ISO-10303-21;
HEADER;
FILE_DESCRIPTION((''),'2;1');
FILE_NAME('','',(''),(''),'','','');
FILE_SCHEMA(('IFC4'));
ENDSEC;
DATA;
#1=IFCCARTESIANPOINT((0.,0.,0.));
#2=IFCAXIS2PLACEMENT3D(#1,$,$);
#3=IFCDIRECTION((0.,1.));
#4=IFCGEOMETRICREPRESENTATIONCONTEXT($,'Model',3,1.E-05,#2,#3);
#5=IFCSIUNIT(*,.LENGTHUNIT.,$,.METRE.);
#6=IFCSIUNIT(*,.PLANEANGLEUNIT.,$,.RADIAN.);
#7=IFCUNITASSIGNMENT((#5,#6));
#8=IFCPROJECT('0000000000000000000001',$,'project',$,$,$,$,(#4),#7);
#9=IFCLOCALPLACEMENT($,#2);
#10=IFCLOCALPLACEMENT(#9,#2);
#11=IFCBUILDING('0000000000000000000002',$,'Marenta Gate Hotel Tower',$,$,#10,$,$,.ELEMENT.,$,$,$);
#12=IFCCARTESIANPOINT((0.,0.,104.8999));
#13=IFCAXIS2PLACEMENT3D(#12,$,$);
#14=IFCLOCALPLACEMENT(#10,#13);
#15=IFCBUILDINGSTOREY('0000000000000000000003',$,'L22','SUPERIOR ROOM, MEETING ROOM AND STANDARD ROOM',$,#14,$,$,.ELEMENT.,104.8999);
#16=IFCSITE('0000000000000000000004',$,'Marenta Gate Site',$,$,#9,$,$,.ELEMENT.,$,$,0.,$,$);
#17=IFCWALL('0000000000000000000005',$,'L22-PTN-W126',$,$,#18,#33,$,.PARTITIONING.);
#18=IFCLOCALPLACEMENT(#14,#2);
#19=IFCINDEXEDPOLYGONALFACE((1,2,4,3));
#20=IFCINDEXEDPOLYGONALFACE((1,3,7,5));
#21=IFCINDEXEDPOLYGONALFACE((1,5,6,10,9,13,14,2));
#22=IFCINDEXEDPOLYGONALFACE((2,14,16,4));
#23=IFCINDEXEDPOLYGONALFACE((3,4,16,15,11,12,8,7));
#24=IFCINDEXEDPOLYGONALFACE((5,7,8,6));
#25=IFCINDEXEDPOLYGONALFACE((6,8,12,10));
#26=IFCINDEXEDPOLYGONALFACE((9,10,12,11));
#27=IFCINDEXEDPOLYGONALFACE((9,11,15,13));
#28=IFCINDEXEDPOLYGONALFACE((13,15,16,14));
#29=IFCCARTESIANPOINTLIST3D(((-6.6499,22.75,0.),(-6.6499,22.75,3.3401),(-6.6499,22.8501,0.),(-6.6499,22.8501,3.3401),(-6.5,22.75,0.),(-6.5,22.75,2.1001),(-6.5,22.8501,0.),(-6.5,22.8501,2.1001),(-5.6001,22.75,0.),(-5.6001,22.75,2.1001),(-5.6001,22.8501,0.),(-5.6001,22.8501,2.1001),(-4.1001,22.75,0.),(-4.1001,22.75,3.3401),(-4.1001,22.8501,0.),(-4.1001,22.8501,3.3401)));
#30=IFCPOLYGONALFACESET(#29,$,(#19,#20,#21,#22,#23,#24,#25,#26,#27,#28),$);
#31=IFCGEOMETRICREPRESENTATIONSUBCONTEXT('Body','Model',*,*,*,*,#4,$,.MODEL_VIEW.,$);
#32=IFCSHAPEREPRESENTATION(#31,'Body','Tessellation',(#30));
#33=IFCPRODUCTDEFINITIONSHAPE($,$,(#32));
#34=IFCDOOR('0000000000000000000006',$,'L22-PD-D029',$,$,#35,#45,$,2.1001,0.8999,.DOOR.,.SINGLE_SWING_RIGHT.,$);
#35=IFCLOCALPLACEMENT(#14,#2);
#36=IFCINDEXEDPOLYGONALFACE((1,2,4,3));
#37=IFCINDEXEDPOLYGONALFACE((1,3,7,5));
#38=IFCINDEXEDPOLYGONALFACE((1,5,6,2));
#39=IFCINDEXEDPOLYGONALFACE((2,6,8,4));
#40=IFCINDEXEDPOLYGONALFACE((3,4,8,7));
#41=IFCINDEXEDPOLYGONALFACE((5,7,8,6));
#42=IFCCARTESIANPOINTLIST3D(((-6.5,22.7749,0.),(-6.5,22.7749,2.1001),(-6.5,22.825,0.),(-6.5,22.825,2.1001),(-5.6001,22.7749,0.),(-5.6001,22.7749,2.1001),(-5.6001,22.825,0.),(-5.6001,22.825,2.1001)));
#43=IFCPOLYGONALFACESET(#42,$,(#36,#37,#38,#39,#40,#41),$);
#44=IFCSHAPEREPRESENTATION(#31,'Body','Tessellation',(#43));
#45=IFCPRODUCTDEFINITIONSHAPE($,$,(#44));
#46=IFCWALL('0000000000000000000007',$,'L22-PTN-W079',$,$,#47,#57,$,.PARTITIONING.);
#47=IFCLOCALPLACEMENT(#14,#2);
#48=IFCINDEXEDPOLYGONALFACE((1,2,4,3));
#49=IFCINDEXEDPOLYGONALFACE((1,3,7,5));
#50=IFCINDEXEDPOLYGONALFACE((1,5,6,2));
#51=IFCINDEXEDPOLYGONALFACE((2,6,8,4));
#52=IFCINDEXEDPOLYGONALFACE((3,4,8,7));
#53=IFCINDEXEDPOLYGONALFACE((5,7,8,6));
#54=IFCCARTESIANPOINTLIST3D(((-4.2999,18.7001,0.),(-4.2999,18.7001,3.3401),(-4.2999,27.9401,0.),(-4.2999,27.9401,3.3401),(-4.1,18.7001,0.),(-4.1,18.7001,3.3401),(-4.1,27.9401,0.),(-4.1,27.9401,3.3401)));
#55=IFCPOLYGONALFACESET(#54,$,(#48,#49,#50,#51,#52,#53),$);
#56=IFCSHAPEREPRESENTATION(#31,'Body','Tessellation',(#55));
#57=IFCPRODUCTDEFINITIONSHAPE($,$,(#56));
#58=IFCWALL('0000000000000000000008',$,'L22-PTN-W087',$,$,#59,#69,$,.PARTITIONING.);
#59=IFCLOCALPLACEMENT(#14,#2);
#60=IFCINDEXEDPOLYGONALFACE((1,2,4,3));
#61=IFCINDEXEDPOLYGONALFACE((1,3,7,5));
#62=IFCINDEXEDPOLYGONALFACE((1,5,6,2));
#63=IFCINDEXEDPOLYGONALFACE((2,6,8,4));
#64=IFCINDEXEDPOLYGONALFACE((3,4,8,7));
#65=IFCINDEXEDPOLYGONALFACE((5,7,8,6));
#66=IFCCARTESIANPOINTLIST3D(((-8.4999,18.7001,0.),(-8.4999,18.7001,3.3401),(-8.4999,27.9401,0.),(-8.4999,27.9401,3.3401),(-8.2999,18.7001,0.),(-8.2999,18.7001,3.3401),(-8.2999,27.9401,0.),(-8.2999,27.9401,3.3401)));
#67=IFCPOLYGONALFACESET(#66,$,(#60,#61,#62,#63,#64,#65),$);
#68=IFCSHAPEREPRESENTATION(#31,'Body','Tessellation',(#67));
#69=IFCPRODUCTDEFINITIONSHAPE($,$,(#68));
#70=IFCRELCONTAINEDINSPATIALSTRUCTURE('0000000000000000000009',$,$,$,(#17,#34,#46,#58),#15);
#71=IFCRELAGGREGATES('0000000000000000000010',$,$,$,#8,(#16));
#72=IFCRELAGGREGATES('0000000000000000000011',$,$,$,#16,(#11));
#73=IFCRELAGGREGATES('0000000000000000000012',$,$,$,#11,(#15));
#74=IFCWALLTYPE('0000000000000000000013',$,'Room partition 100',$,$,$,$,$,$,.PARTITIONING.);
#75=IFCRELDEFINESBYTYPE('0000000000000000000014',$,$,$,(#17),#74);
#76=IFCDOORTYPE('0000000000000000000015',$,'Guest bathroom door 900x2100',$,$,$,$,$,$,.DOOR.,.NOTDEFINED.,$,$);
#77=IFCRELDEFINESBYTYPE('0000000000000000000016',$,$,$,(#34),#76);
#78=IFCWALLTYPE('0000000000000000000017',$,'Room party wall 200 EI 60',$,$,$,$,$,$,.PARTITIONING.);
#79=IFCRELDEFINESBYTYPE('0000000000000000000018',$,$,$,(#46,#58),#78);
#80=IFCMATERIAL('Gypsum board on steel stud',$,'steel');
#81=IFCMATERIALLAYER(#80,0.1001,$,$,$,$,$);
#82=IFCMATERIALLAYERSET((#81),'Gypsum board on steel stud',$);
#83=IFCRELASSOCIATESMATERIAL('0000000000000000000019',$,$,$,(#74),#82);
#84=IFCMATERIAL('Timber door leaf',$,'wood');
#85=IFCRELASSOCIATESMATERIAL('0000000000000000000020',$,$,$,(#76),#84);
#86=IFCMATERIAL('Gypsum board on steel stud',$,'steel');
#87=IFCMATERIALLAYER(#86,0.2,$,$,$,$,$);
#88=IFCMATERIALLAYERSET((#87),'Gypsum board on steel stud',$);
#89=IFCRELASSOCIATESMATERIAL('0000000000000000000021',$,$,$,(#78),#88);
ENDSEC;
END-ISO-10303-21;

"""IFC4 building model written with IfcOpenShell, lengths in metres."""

from ifc_helpers import new_model, si_unit, direction, frame, frame_2d, origin, place, context, subcontext, project, spatial, rectangle, extrude, material, layer, layer_set, type_object, element, fill, save


model = new_model("IFC4")

# Units and contexts
model_context = context("Model", 3, precision=1e-05, world=origin(), true_north=direction((0.0, 1.0)))
body_context = subcontext(model_context, "Body", "Model", "MODEL_VIEW")
ifc_project = project(units=[si_unit("LENGTHUNIT", "METRE"), si_unit("PLANEANGLEUNIT", "RADIAN")], contexts=[model_context])

# Site, building, storey
site_placement = place(None, origin())
site = spatial("IfcSite", under=ifc_project, at=site_placement, Name="Marenta Gate Site", CompositionType="ELEMENT", RefElevation=0.0)
building_placement = place(site_placement, origin())
building = spatial("IfcBuilding", under=site, at=building_placement, Name="Marenta Gate Hotel Tower", CompositionType="ELEMENT")
storey_placement = place(building_placement, frame((0.0, 0.0, 104.8999)))
storey = spatial("IfcBuildingStorey", under=building, at=storey_placement, Name="L22", Description="SUPERIOR ROOM, MEETING ROOM AND STANDARD ROOM", CompositionType="ELEMENT", Elevation=104.8999)

# Shared definitions
ifc_material_1 = material(Name="Gypsum board on steel stud", Category="steel")
ifc_layer_1 = layer(ifc_material_1, 0.1001)
ifc_layer_set_1 = layer_set([ifc_layer_1], Name="Gypsum board on steel stud")
wall_type_1 = type_object("IfcWallType", Name="Room partition 100", PredefinedType="PARTITIONING", material=ifc_layer_set_1)

# Wall, opening, door
ifc_material_2 = material(Name="Timber door leaf", Category="wood")
door_type_1 = type_object("IfcDoorType", Name="Guest bathroom door 900x2100", OperationType="NOTDEFINED", PredefinedType="DOOR", material=ifc_material_2)
wall_1_placement = place(storey_placement, frame((-6.6499, 22.8, 0.0), z_axis=(0.0, 0.0, 1.0), x_axis=(1.0, 0.0, 0.0)))
wall_1 = element("IfcWall", 1, at=wall_1_placement, inside=storey, type_object=wall_type_1, Name="L22-PTN-W126", PredefinedType="PARTITIONING", context=body_context, shape_type="SweptSolid", body=[
    extrude(rectangle(XDim=2.5498, YDim=0.1001, at=frame_2d((1.2749, 0.0))), origin(), (0.0, 0.0, 1.0), 3.3401),
])
opening_1_placement = place(wall_1_placement, frame((0.1499, 0.0, 0.0)))
opening_1 = element("IfcOpeningElement", 2, at=opening_1_placement, cuts=wall_1, PredefinedType="OPENING", context=body_context, shape_type="SweptSolid", body=[
    extrude(rectangle(XDim=0.8999, YDim=2.1001, at=frame_2d((0.45, 1.05))), frame((0.0, 0.05, 0.0), z_axis=(0.0, -1.0, 0.0), x_axis=(1.0, 0.0, 0.0)), (0.0, 0.0, 1.0), 0.1001),
])
door_1_placement = place(opening_1_placement, origin())
door_1 = element("IfcDoor", 3, at=door_1_placement, inside=storey, type_object=door_type_1, Name="L22-PD-D029", OperationType="SINGLE_SWING_RIGHT", OverallHeight=2.1001, OverallWidth=0.8999, PredefinedType="DOOR", context=body_context, shape_type="SweptSolid", body=[
    extrude(rectangle(XDim=0.8999, YDim=2.1001, at=frame_2d((0.45, 1.05))), frame((0.0, 0.0249, 0.0), z_axis=(0.0, -1.0, 0.0), x_axis=(1.0, 0.0, 0.0)), (0.0, 0.0, 1.0), 0.05),
])
fill(opening_1, door_1)

# Walls
ifc_material_3 = material(Name="Gypsum board on steel stud", Category="steel")
ifc_layer_2 = layer(ifc_material_3, 0.2)
ifc_layer_set_2 = layer_set([ifc_layer_2], Name="Gypsum board on steel stud")
wall_type_2 = type_object("IfcWallType", Name="Room party wall 200 EI 60", PredefinedType="PARTITIONING", material=ifc_layer_set_2)
for number, where, z_axis, x_axis, name in (
    (4, (-4.2, 18.7, 0.0), (0.0, 0.0, 1.0), (0.0, 1.0, 0.0), "L22-PTN-W079"),
    (5, (-8.3999, 18.7, 0.0), (0.0, 0.0, 1.0), (0.0, 1.0, 0.0), "L22-PTN-W087"),
):
    element("IfcWall", number, at=place(storey_placement, frame(where, z_axis=z_axis, x_axis=x_axis)), inside=storey, type_object=wall_type_2, Name=name, PredefinedType="PARTITIONING", context=body_context, shape_type="SweptSolid", body=[
        extrude(rectangle(XDim=9.24, YDim=0.2, at=frame_2d((4.6201, 0.0))), origin(), (0.0, 0.0, 1.0), 3.3401),
    ])

save(model, "model.ifc")
